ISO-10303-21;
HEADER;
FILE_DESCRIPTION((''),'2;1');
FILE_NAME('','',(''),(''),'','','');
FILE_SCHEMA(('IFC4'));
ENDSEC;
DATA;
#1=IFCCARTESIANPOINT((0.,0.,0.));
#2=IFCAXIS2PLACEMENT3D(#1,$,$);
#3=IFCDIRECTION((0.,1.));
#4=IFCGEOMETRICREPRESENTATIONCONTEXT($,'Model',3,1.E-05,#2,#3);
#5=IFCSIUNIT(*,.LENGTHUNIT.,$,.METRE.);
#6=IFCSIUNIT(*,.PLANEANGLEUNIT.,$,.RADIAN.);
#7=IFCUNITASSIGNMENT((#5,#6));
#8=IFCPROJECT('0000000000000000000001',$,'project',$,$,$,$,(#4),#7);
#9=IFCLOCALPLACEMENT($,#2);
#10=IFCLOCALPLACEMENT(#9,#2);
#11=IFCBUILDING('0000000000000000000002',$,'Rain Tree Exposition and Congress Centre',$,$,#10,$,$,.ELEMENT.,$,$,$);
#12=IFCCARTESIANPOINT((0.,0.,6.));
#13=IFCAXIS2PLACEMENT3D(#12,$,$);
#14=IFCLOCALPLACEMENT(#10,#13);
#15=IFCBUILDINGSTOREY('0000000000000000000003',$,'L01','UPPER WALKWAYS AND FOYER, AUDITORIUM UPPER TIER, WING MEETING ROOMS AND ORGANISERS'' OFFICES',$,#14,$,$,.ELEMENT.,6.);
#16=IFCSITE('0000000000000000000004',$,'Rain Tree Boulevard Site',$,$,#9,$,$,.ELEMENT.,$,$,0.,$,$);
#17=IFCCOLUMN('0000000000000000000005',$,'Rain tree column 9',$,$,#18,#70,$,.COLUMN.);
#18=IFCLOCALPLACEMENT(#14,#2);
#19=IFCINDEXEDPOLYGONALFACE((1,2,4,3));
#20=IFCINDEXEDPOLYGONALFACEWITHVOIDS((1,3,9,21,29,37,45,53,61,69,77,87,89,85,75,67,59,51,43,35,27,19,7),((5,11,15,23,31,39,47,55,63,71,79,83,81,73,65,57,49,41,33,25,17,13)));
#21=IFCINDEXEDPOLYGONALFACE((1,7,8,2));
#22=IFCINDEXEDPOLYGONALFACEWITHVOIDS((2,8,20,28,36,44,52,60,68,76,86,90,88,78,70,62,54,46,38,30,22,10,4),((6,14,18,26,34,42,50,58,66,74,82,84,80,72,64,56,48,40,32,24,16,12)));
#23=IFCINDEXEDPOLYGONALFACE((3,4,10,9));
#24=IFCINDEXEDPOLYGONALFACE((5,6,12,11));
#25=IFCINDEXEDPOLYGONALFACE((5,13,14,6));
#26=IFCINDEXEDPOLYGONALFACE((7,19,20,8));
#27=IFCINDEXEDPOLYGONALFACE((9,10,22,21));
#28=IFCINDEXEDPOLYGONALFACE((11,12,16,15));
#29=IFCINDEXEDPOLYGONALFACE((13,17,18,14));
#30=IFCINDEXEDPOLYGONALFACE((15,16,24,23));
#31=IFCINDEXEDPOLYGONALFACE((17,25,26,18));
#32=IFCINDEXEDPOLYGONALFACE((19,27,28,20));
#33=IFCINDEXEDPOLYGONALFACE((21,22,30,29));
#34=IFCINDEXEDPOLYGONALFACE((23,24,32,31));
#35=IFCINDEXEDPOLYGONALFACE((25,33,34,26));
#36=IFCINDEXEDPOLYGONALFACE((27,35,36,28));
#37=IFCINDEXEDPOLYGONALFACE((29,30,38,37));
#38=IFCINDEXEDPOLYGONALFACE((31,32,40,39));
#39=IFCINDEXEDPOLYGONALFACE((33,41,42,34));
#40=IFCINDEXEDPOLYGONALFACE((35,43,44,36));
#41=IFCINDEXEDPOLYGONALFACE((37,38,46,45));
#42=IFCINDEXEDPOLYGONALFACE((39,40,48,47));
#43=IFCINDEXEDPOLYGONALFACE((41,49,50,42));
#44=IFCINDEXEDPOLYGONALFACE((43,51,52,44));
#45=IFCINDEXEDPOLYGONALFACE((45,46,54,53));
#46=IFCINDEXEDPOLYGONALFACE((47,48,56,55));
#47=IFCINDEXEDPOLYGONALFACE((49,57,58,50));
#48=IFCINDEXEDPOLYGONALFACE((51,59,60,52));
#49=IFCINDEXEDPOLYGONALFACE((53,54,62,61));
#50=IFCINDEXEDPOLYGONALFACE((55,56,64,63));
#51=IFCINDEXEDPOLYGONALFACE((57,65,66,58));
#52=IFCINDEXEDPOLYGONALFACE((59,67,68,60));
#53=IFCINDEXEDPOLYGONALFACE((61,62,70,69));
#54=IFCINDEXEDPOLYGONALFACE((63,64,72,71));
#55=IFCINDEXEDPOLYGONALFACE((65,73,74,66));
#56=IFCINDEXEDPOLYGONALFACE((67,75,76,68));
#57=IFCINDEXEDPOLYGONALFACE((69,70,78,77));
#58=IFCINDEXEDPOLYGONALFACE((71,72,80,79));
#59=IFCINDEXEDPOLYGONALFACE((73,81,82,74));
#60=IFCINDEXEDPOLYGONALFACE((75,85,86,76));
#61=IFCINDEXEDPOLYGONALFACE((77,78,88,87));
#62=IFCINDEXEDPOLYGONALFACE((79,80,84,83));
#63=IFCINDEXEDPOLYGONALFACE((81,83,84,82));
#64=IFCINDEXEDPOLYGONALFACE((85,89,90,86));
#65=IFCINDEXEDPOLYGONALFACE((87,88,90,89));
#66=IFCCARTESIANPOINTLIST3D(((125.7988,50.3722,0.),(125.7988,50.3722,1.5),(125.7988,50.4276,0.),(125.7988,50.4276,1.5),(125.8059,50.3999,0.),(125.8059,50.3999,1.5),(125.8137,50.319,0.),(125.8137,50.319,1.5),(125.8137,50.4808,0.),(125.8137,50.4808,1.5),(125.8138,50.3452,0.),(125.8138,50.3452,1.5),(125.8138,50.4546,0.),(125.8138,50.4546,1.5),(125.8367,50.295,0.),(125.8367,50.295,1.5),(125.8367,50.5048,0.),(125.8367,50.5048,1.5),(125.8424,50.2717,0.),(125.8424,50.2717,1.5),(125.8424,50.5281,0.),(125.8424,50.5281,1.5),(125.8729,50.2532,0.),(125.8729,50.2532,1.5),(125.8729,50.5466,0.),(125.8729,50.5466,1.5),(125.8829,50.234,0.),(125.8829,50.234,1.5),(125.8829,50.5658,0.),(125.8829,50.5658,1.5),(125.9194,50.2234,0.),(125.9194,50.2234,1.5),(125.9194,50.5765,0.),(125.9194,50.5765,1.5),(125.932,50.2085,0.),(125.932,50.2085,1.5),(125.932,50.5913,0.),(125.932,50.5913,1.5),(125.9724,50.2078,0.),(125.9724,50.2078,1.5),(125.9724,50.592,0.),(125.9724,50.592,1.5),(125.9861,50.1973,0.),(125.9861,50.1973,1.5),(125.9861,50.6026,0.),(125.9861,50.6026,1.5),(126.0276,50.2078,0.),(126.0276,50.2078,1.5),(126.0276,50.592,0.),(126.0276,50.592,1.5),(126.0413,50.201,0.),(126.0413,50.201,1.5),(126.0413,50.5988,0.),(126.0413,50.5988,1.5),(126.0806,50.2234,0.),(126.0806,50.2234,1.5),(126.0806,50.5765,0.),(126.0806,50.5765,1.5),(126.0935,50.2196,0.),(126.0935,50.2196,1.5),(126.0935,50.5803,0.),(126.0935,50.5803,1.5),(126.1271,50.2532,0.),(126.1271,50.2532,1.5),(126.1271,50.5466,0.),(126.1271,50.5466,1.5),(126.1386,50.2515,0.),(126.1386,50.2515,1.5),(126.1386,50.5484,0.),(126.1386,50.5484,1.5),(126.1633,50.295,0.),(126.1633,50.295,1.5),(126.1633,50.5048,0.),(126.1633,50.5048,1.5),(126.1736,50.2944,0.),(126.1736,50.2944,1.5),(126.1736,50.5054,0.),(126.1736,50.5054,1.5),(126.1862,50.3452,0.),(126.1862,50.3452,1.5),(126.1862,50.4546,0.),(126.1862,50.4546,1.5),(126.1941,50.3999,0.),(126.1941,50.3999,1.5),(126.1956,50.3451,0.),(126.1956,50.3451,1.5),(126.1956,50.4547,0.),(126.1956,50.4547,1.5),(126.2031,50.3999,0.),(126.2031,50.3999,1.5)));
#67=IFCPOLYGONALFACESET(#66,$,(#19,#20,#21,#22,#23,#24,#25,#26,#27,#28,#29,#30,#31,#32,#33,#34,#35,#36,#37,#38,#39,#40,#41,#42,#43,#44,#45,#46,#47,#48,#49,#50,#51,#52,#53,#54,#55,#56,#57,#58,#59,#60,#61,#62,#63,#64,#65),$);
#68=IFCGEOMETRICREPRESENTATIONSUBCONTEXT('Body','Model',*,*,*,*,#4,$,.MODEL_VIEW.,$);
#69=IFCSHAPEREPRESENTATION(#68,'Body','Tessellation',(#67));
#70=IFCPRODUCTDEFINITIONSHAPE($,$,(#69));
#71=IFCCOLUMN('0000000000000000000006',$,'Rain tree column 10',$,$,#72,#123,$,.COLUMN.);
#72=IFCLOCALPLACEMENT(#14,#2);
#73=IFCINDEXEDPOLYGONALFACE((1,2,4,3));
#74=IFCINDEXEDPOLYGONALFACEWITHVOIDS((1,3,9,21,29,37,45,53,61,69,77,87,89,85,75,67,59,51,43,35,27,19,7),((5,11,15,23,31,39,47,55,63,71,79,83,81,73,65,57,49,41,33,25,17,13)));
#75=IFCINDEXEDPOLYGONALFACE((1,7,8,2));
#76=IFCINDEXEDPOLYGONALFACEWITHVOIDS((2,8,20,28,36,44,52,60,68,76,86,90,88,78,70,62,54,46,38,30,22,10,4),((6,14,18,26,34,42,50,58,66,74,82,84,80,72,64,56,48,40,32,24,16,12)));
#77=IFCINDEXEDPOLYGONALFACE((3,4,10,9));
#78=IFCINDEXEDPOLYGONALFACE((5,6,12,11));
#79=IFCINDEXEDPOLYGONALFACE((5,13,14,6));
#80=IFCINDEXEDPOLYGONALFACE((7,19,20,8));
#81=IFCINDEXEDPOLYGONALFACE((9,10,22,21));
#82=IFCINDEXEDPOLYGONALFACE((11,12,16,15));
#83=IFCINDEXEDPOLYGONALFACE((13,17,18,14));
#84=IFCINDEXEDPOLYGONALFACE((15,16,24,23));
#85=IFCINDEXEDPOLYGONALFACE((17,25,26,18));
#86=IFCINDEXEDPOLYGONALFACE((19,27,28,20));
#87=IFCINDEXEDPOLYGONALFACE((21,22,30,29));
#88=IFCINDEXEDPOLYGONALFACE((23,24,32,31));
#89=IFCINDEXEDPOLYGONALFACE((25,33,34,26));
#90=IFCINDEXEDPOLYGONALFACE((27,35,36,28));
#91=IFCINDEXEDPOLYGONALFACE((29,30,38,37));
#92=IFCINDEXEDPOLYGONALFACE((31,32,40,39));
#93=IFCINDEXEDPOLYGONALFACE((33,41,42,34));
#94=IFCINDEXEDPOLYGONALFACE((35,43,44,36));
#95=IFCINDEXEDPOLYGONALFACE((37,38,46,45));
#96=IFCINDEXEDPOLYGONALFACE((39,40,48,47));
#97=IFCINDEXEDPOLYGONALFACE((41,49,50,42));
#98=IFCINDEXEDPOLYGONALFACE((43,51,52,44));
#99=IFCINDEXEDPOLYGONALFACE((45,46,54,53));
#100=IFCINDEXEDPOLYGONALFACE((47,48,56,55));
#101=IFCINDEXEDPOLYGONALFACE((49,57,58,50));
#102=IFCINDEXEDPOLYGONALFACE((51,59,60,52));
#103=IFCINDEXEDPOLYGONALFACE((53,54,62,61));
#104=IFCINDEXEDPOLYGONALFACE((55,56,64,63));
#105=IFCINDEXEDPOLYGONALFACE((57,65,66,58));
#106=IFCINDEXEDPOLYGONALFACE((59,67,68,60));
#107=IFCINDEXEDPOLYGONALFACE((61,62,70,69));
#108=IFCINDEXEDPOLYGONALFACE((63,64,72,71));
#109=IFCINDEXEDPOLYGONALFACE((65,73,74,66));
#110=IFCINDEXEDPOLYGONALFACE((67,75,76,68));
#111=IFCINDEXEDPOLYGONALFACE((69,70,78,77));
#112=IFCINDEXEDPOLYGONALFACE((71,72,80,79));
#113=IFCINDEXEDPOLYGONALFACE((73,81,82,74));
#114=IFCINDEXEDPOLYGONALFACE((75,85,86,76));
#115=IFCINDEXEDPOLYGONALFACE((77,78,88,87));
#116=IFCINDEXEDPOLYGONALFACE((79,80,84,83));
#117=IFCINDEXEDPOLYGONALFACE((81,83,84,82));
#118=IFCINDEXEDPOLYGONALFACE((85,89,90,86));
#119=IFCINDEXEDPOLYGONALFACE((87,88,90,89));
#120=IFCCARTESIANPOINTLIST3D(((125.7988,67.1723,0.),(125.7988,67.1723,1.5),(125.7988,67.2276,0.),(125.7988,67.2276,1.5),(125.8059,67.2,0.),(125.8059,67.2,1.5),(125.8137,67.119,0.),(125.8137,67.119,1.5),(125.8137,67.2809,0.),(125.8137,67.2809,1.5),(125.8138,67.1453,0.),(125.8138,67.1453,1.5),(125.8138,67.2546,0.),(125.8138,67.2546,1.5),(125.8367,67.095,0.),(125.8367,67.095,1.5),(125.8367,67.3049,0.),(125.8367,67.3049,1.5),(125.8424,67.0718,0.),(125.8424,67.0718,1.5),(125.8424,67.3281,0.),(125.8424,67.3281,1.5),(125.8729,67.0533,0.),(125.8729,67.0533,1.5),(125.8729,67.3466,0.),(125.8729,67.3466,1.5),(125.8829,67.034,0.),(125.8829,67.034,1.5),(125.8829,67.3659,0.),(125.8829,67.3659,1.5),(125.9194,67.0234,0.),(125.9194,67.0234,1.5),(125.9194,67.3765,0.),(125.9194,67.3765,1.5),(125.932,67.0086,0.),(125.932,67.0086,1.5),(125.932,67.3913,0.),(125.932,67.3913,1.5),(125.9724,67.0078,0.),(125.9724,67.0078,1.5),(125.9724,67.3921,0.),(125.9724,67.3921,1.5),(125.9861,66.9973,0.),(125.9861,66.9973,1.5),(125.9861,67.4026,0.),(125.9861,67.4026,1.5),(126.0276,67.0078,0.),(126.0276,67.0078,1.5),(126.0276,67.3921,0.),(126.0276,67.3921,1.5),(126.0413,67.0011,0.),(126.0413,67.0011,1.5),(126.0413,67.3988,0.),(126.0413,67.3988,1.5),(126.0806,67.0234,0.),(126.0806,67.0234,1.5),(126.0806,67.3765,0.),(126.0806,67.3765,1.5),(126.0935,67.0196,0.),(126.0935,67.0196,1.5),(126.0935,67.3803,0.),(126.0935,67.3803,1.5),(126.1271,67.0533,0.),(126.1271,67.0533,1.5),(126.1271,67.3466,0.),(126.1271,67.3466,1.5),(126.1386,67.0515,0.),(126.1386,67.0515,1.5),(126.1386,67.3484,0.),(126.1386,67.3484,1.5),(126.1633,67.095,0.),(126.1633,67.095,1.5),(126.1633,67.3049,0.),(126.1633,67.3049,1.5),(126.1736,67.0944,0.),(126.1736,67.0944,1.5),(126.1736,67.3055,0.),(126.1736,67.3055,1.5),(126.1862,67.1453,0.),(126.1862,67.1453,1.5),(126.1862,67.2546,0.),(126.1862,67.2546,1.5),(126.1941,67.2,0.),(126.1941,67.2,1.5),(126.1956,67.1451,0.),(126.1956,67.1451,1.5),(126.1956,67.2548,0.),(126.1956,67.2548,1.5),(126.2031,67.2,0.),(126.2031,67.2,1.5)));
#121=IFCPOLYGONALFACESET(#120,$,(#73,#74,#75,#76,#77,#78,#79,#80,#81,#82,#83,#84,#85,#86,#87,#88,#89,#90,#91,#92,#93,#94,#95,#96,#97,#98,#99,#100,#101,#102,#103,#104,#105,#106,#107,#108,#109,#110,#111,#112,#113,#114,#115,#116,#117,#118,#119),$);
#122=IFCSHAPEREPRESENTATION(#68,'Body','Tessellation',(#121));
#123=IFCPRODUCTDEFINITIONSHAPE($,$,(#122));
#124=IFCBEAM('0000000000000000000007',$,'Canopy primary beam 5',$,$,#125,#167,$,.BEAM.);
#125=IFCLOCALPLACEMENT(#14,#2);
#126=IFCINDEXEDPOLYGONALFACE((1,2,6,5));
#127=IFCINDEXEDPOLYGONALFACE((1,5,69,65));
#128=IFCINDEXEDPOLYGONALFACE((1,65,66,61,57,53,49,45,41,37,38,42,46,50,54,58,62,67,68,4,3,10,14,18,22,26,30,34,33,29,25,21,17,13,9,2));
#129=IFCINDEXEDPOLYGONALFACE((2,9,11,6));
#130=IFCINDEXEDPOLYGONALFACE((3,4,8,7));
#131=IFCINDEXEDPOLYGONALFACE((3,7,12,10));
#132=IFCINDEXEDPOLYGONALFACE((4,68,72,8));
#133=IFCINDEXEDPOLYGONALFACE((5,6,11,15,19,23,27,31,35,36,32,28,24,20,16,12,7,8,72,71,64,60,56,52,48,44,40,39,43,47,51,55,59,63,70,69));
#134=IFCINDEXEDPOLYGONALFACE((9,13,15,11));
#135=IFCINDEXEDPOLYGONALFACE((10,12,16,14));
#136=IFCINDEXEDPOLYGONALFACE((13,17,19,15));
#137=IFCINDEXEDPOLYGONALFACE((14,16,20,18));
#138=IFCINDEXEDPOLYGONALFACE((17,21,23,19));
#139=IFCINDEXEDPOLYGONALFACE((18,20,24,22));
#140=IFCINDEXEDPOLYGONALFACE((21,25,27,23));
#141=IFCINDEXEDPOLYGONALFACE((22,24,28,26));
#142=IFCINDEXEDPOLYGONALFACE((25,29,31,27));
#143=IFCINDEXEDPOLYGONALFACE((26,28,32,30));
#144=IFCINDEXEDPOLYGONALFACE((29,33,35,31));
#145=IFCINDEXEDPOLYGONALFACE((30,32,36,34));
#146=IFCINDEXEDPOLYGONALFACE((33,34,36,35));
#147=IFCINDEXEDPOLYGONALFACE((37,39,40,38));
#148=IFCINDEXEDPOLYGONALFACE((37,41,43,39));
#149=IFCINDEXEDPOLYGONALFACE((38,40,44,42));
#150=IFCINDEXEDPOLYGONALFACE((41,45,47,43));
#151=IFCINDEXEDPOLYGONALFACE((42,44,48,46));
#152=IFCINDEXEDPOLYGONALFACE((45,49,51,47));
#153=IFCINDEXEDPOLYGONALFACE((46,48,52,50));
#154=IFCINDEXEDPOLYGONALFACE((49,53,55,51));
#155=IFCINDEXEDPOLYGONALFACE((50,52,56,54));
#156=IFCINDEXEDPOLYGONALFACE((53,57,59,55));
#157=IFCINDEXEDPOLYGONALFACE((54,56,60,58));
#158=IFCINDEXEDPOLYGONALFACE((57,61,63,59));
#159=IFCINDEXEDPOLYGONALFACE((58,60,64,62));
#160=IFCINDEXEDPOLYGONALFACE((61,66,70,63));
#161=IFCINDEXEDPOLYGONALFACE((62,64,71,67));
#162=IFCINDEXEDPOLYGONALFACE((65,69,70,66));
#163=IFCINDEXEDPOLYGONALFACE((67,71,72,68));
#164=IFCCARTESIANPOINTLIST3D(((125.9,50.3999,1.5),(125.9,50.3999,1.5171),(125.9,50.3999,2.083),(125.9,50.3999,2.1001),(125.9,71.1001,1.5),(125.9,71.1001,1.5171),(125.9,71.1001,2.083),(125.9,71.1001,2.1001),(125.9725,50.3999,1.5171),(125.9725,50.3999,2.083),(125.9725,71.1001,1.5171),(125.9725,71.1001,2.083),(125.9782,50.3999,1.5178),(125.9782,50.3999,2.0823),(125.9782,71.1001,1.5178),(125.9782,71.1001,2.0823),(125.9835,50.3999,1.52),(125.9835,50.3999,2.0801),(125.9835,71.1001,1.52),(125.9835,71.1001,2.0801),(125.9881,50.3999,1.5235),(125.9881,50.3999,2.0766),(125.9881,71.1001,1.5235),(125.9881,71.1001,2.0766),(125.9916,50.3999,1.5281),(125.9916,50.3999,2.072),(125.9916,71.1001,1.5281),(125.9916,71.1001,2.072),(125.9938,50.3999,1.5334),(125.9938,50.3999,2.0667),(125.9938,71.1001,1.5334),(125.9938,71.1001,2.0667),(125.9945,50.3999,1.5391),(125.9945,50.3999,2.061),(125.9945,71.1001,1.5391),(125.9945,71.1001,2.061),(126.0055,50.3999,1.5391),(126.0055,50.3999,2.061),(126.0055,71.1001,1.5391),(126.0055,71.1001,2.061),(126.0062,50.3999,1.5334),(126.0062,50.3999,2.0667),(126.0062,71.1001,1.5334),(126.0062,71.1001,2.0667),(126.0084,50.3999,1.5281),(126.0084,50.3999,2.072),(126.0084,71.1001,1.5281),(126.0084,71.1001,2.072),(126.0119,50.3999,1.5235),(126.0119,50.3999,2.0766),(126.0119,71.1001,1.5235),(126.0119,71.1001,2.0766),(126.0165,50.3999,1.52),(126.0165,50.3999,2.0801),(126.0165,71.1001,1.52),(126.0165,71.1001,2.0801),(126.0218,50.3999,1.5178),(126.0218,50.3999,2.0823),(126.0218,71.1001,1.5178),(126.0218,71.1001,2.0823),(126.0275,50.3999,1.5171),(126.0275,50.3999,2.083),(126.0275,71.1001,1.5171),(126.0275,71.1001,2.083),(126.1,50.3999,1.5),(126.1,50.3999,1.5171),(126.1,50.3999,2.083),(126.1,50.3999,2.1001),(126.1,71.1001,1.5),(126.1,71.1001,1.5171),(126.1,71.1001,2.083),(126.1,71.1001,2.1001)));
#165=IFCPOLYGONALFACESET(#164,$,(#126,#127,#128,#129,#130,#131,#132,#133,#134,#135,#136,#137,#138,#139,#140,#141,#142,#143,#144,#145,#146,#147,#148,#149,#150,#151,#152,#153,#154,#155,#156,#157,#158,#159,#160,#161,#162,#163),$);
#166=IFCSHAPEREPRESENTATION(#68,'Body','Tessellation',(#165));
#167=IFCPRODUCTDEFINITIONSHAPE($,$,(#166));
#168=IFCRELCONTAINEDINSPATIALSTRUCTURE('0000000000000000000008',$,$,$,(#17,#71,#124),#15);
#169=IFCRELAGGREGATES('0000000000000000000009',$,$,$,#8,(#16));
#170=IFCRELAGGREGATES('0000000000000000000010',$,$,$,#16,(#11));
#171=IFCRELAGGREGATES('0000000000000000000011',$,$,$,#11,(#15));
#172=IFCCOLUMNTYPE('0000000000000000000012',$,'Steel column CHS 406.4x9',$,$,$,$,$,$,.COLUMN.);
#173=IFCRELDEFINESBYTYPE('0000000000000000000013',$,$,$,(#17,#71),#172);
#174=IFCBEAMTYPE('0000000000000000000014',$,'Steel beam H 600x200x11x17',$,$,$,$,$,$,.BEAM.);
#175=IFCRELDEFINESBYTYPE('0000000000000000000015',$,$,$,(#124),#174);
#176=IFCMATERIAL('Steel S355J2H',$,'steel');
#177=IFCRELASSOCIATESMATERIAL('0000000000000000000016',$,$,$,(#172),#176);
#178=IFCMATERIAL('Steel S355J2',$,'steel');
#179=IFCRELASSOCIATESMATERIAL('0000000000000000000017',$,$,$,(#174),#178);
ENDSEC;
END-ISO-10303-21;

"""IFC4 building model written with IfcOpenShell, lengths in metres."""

from ifc_helpers import new_model, si_unit, direction, frame, origin, origin_2d, place, context, subcontext, project, spatial, hollow_circle, i_section, extrude, material, material_profile, profile_set, type_object, element, save


model = new_model("IFC4")

# Units and contexts
model_context = context("Model", 3, precision=1e-05, world=origin(), true_north=direction((0.0, 1.0)))
body_context = subcontext(model_context, "Body", "Model", "MODEL_VIEW")
ifc_project = project(units=[si_unit("LENGTHUNIT", "METRE"), si_unit("PLANEANGLEUNIT", "RADIAN")], contexts=[model_context])

# Site, building, storey
site_placement = place(None, origin())
site = spatial("IfcSite", under=ifc_project, at=site_placement, Name="Rain Tree Boulevard Site", CompositionType="ELEMENT", RefElevation=0.0)
building_placement = place(site_placement, origin())
building = spatial("IfcBuilding", under=site, at=building_placement, Name="Rain Tree Exposition and Congress Centre", CompositionType="ELEMENT")
storey_placement = place(building_placement, frame((0.0, 0.0, 6.0)))
storey = spatial("IfcBuildingStorey", under=building, at=storey_placement, Name="L01", Description="UPPER WALKWAYS AND FOYER, AUDITORIUM UPPER TIER, WING MEETING ROOMS AND ORGANISERS' OFFICES", CompositionType="ELEMENT", Elevation=6.0)

# Columns
ifc_material_1 = material(Name="Steel S355J2H", Category="steel")
ifc_material_profile_1 = material_profile(ifc_material_1, hollow_circle(Radius=0.2031, WallThickness=0.009, at=origin_2d()), Name="CHS 406.4x9")
ifc_profile_set_1 = profile_set([ifc_material_profile_1], Name="Steel S355J2H")
column_type = type_object("IfcColumnType", Name="Steel column CHS 406.4x9", PredefinedType="COLUMN", material=ifc_profile_set_1)
for number, where, z_axis, x_axis, name in (
    (1, (126.0, 50.3999, 0.0), (0.0, 0.0, 1.0), (1.0, 0.0, 0.0), "Rain tree column 9"),
    (2, (126.0, 67.2, 0.0), (0.0, 0.0, 1.0), (1.0, 0.0, 0.0), "Rain tree column 10"),
):
    element("IfcColumn", number, at=place(storey_placement, frame(where, z_axis=z_axis, x_axis=x_axis)), inside=storey, type_object=column_type, Name=name, PredefinedType="COLUMN", context=body_context, shape_type="SweptSolid", body=[
        extrude(hollow_circle(Radius=0.2031, WallThickness=0.009, at=origin_2d()), origin(), (0.0, 0.0, 1.0), 1.5),
    ])

# Beam
ifc_material_2 = material(Name="Steel S355J2", Category="steel")
ifc_material_profile_2 = material_profile(ifc_material_2, i_section(OverallWidth=0.2, OverallDepth=0.6001, WebThickness=0.011, FlangeThickness=0.0171, FilletRadius=0.022, at=origin_2d()), Name="H 600x200x11x17")
ifc_profile_set_2 = profile_set([ifc_material_profile_2], Name="Steel S355J2")
beam_type = type_object("IfcBeamType", Name="Steel beam H 600x200x11x17", PredefinedType="BEAM", material=ifc_profile_set_2)
beam_placement = place(storey_placement, frame((126.0, 50.3999, 1.8), z_axis=(0.0, 1.0, 0.0), x_axis=(-1.0, 0.0, 0.0)))
element("IfcBeam", 3, at=beam_placement, inside=storey, type_object=beam_type, Name="Canopy primary beam 5", PredefinedType="BEAM", context=body_context, shape_type="SweptSolid", body=[
    extrude(i_section(OverallWidth=0.2, OverallDepth=0.6001, WebThickness=0.011, FlangeThickness=0.0171, FilletRadius=0.022, at=origin_2d()), origin(), (0.0, 0.0, 1.0), 20.7002),
])

save(model, "model.ifc")
